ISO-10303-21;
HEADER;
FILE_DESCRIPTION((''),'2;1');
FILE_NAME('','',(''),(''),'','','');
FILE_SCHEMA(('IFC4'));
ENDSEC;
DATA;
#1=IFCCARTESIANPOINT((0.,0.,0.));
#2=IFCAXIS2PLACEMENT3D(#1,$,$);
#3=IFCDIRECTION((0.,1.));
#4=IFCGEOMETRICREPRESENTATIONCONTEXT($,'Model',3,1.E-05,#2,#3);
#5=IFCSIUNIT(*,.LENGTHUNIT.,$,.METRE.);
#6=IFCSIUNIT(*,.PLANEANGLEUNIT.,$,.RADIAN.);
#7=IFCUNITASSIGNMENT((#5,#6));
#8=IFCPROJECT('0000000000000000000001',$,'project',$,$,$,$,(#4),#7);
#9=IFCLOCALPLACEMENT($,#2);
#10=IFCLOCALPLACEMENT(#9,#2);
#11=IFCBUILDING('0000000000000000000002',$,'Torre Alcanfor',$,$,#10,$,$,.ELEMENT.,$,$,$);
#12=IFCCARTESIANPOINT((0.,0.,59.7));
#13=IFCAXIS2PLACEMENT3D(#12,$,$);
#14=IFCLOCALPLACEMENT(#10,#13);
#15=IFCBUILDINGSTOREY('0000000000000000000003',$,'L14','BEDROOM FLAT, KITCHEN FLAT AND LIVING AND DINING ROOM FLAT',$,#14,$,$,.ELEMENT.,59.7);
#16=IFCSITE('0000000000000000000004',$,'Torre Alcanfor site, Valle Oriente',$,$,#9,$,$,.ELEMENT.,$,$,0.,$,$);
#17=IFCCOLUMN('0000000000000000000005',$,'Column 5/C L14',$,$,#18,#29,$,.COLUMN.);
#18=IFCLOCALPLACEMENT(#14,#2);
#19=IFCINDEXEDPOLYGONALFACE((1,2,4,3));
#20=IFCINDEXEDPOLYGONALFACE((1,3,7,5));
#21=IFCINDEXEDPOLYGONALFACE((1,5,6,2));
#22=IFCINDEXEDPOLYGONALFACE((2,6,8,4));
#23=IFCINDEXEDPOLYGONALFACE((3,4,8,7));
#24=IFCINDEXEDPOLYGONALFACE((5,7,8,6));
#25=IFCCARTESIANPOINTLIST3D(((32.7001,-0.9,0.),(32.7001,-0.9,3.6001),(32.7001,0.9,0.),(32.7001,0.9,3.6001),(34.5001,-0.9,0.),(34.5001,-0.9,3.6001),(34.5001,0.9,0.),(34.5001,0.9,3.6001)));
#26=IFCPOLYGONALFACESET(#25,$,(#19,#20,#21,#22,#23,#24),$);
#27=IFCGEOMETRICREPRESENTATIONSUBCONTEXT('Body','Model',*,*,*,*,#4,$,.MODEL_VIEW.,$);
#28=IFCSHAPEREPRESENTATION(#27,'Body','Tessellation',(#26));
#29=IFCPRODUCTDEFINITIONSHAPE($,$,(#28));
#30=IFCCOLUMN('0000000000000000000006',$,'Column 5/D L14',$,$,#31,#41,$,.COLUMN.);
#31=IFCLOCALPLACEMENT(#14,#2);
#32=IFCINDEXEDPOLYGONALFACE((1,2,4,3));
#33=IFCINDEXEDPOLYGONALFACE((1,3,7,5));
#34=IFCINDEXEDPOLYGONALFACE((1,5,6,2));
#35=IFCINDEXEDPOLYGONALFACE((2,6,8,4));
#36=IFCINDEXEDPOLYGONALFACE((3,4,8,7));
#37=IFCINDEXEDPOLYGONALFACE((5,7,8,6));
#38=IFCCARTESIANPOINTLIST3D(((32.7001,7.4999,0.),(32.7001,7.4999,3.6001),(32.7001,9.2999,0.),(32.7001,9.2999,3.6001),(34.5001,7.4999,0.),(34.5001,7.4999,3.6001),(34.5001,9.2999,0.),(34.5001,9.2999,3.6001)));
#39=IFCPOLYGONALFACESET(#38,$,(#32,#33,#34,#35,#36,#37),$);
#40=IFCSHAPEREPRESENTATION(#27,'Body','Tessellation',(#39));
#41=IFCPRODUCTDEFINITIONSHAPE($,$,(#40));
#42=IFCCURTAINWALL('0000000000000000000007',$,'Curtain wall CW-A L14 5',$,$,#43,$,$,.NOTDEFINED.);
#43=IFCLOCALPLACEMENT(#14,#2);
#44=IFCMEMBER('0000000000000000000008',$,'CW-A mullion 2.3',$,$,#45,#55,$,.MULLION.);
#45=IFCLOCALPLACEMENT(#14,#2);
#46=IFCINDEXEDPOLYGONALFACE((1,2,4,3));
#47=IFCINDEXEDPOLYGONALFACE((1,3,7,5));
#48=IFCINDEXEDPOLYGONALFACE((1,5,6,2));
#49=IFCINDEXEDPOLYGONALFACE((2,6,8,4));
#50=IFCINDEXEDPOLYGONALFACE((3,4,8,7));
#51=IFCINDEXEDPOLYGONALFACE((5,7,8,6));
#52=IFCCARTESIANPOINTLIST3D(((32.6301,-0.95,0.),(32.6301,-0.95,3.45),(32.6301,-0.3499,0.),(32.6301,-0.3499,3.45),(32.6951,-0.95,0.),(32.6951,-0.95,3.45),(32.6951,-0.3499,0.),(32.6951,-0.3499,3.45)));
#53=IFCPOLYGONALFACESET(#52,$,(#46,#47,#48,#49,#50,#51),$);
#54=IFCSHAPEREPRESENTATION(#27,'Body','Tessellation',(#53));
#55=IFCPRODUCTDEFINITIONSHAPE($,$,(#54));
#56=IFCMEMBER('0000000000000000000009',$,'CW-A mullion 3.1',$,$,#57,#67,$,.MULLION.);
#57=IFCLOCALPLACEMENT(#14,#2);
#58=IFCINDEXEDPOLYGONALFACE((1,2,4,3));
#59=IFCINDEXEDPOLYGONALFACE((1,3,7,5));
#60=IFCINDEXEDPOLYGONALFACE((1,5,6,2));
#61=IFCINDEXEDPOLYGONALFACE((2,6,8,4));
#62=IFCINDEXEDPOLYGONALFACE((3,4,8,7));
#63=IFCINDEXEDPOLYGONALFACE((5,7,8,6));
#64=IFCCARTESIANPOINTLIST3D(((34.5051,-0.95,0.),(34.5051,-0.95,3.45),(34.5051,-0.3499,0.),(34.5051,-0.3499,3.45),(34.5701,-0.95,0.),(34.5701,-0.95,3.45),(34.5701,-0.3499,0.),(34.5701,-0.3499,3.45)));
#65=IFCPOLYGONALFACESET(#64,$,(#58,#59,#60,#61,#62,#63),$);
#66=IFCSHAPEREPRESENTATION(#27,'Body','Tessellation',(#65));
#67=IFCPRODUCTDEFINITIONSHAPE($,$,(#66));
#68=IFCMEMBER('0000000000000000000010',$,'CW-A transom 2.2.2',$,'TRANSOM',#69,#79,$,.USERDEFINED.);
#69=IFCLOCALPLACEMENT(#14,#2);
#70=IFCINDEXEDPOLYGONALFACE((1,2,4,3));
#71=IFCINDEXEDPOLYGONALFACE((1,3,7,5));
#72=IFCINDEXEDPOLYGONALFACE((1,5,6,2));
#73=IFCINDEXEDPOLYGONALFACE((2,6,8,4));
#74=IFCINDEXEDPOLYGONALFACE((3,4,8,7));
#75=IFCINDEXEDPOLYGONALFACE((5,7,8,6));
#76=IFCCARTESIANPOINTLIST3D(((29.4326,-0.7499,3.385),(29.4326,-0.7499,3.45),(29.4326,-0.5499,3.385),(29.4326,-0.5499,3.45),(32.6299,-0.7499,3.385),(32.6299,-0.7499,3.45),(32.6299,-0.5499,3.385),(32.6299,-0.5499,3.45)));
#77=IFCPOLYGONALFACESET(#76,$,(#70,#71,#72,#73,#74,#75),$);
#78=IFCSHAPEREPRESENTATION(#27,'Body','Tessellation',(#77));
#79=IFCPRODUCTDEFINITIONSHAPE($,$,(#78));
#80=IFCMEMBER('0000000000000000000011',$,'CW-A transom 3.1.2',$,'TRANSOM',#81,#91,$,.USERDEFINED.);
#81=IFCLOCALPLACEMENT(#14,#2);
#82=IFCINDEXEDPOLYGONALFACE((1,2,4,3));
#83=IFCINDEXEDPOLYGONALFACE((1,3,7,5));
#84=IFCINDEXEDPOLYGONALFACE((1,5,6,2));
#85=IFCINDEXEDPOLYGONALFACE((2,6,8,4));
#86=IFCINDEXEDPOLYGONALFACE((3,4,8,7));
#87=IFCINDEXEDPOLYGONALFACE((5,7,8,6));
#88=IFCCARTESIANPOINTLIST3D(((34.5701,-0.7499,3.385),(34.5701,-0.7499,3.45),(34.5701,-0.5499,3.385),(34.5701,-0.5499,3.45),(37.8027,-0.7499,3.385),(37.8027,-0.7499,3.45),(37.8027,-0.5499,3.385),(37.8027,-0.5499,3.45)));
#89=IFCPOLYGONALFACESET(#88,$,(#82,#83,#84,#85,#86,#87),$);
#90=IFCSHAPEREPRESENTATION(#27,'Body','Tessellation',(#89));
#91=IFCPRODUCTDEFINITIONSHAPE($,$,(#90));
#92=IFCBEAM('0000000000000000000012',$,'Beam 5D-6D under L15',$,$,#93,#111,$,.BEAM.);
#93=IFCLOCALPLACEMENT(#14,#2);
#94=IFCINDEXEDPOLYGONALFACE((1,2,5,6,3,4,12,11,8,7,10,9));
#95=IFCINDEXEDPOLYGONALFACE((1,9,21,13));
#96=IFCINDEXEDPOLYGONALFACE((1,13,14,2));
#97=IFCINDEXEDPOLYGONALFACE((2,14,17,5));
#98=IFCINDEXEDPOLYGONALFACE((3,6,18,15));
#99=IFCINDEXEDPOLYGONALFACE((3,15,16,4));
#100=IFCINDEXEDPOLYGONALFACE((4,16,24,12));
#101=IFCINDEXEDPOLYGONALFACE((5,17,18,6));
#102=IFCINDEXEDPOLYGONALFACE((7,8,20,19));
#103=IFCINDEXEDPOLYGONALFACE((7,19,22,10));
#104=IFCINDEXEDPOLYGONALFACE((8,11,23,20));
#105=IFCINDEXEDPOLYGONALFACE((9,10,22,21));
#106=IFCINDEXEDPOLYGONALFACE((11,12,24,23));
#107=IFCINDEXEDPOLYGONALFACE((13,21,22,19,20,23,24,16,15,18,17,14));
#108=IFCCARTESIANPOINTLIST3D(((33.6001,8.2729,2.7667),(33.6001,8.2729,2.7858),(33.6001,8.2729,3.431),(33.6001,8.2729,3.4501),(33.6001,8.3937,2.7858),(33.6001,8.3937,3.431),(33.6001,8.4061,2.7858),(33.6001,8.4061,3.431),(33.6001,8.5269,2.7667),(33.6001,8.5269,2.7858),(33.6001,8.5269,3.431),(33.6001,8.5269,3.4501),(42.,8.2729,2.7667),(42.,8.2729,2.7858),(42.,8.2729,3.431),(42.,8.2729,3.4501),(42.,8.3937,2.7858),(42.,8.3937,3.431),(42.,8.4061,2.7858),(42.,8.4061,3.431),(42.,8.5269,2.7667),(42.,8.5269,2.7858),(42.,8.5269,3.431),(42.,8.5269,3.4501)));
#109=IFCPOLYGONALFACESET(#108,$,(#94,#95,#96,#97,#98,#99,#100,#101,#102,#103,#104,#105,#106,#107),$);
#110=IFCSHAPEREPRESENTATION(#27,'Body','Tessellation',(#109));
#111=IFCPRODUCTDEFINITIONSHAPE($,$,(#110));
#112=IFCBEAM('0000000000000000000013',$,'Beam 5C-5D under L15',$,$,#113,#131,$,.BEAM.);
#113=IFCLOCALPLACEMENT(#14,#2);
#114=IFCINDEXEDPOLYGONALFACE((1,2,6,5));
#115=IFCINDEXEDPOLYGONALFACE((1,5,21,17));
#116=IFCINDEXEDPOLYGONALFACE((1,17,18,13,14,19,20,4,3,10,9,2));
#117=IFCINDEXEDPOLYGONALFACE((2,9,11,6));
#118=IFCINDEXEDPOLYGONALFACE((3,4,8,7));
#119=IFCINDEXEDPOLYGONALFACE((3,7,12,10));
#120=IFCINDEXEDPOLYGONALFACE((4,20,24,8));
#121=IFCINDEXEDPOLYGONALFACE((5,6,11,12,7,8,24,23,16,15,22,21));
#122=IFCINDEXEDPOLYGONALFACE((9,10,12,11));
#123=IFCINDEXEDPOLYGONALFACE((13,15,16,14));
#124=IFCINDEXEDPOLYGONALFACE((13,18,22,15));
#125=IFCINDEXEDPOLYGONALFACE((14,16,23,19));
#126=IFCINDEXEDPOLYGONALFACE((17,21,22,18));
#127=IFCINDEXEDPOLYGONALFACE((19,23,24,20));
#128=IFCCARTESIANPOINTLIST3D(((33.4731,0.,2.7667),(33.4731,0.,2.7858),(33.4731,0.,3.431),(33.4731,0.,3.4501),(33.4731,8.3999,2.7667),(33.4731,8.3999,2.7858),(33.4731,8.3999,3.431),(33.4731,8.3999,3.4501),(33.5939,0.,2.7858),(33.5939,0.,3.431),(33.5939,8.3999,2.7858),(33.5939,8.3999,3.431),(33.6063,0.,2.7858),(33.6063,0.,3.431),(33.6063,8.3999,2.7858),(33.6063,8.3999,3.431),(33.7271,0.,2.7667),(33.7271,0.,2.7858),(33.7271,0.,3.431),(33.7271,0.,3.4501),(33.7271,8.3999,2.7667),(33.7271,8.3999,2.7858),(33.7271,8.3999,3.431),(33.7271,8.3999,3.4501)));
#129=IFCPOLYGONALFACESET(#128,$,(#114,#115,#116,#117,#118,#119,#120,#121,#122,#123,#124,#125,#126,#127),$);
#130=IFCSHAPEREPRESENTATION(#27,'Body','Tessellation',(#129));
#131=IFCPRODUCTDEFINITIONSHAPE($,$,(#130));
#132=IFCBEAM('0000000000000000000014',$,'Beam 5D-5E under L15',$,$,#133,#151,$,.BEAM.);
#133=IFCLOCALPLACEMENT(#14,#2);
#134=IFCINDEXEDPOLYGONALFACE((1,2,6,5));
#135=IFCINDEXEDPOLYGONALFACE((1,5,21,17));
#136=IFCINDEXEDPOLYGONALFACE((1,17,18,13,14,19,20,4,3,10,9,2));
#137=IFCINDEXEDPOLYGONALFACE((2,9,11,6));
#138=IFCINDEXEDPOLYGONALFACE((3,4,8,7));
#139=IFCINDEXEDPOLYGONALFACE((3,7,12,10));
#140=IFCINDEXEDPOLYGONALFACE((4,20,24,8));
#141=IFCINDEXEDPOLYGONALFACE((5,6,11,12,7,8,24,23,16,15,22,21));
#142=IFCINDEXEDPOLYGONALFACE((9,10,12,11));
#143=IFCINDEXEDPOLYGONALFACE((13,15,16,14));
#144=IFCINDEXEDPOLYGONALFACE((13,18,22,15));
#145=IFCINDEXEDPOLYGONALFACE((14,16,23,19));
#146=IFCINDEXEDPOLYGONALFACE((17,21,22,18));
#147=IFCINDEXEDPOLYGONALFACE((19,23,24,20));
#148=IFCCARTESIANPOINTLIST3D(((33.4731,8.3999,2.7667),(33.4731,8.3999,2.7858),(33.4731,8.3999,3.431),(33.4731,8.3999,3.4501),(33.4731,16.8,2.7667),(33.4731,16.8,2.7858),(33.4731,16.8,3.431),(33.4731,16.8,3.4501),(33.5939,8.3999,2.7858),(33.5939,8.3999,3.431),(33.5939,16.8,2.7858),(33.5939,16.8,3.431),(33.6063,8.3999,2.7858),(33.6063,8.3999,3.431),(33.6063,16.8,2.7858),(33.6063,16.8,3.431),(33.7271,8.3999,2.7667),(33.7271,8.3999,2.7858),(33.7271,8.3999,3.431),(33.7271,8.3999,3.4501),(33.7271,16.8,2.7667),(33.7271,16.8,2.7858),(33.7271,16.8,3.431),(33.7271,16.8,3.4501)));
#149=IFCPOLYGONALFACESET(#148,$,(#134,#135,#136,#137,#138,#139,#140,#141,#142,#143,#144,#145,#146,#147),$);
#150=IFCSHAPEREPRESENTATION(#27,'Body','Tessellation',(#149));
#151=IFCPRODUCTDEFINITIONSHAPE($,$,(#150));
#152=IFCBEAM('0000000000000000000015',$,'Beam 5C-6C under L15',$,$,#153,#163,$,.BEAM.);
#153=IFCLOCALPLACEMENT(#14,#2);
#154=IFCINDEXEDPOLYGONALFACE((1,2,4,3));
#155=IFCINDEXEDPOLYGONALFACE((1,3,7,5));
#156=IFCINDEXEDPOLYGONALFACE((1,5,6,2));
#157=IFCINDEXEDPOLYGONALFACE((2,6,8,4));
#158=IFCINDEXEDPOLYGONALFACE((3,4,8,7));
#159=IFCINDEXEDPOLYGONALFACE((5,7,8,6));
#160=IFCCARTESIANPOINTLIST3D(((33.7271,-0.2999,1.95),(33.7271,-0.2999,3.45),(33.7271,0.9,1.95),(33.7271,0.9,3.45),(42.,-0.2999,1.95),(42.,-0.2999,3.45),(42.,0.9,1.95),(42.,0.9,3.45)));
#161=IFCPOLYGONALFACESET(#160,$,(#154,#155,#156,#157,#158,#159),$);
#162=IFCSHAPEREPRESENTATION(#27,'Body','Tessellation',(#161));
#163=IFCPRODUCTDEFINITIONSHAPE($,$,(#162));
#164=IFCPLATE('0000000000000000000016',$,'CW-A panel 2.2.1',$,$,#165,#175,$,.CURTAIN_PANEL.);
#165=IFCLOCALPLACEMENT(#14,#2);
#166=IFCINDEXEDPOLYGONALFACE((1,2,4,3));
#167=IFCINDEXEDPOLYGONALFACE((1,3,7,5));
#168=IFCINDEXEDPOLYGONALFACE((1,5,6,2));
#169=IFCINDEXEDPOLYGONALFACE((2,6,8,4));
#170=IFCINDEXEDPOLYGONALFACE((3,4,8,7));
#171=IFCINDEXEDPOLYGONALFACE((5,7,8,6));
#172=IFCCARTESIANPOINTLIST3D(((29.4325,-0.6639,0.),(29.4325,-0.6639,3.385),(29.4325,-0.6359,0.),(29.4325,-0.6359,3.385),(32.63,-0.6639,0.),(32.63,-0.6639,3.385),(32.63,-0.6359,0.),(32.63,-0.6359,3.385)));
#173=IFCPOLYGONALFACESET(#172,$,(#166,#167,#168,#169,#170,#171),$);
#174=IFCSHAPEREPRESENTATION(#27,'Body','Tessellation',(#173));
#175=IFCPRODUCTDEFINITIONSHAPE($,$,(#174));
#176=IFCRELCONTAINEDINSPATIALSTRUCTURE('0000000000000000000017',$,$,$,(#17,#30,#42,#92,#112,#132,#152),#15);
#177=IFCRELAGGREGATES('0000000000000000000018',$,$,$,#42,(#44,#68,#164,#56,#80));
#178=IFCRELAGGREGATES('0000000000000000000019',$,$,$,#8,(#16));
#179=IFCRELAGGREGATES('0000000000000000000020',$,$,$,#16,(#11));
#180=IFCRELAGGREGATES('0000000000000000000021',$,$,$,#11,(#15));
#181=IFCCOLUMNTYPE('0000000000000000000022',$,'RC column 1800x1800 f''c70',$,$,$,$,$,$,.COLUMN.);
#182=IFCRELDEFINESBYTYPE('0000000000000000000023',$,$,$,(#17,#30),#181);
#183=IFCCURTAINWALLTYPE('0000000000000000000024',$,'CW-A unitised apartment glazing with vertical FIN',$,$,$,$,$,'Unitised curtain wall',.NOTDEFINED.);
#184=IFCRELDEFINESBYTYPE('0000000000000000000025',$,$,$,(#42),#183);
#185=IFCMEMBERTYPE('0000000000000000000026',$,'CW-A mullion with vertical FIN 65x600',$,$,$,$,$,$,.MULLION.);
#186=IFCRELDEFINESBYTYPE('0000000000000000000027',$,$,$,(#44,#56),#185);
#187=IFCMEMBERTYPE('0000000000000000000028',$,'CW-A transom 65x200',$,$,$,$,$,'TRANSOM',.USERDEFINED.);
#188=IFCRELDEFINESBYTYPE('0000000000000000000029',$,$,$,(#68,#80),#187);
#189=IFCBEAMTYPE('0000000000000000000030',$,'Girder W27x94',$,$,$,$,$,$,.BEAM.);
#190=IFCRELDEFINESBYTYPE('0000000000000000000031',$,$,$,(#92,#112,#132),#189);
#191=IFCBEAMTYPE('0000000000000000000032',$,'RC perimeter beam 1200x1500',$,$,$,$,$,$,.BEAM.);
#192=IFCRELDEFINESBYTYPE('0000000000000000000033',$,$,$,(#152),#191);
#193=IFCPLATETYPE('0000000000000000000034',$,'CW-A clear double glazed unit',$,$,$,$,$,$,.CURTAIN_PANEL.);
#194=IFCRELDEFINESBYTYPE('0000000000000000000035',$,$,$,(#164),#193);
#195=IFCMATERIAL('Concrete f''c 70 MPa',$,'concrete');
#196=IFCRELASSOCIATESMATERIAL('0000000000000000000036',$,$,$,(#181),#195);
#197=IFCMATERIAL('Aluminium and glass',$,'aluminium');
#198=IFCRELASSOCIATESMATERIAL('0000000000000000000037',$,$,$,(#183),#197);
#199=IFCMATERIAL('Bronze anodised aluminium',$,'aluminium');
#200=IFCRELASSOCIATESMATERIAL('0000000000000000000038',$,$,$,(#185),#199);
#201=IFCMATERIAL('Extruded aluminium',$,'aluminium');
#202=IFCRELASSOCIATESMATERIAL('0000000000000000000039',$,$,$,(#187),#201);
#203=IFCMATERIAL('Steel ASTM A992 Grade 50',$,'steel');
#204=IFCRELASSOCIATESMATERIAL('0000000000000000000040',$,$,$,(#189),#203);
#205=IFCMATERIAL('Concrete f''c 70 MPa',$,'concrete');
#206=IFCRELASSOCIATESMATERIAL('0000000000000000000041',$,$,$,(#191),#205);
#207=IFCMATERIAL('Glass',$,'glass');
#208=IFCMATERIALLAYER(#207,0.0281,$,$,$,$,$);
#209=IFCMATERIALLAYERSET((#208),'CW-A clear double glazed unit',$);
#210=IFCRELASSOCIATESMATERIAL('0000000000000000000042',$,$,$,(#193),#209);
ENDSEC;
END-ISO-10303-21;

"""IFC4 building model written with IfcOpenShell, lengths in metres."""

from ifc_helpers import new_model, si_unit, direction, frame, origin, origin_2d, place, context, subcontext, project, spatial, rectangle, i_section, extrude, material, layer, layer_set, material_profile, profile_set, type_object, element, aggregate, save


model = new_model("IFC4")

# Units and contexts
model_context = context("Model", 3, precision=1e-05, world=origin(), true_north=direction((0.0, 1.0)))
body_context = subcontext(model_context, "Body", "Model", "MODEL_VIEW")
ifc_project = project(units=[si_unit("LENGTHUNIT", "METRE"), si_unit("PLANEANGLEUNIT", "RADIAN")], contexts=[model_context])

# Site, building, storey
site_placement = place(None, origin())
site = spatial("IfcSite", under=ifc_project, at=site_placement, Name="Torre Alcanfor site, Valle Oriente", CompositionType="ELEMENT", RefElevation=0.0)
building_placement = place(site_placement, origin())
building = spatial("IfcBuilding", under=site, at=building_placement, Name="Torre Alcanfor", CompositionType="ELEMENT")
storey_placement = place(building_placement, frame((0.0, 0.0, 59.7)))
storey = spatial("IfcBuildingStorey", under=building, at=storey_placement, Name="L14", Description="BEDROOM FLAT, KITCHEN FLAT AND LIVING AND DINING ROOM FLAT", CompositionType="ELEMENT", Elevation=59.7)

# Columns
ifc_material_1 = material(Name="Concrete f'c 70 MPa", Category="concrete")
ifc_material_profile_1 = material_profile(ifc_material_1, rectangle(XDim=1.8, YDim=1.8, at=origin_2d()), Name="1800x1800")
ifc_profile_set_1 = profile_set([ifc_material_profile_1], Name="Concrete f'c 70 MPa")
column_type = type_object("IfcColumnType", Name="RC column 1800x1800 f'c70", PredefinedType="COLUMN", material=ifc_profile_set_1)
for number, where, z_axis, x_axis, name in (
    (1, (33.6001, 0.0, 0.0), (0.0, 0.0, 1.0), (1.0, 0.0, 0.0), "Column 5/C L14"),
    (2, (33.6001, 8.3999, 0.0), (0.0, 0.0, 1.0), (1.0, 0.0, 0.0), "Column 5/D L14"),
):
    element("IfcColumn", number, at=place(storey_placement, frame(where, z_axis=z_axis, x_axis=x_axis)), inside=storey, type_object=column_type, Name=name, PredefinedType="COLUMN", context=body_context, shape_type="SweptSolid", body=[
        extrude(rectangle(XDim=1.8, YDim=1.8, at=origin_2d()), origin(), (0.0, 0.0, 1.0), 3.6001),
    ])

# Curtain wall, members
ifc_material_2 = material(Name="Aluminium and glass", Category="aluminium")
curtain_wall_type = type_object("IfcCurtainWallType", Name="CW-A unitised apartment glazing with vertical FIN", ElementType="Unitised curtain wall", PredefinedType="NOTDEFINED", material=ifc_material_2)
curtain_wall_placement = place(storey_placement, origin())
curtain_wall = element("IfcCurtainWall", 3, at=curtain_wall_placement, inside=storey, type_object=curtain_wall_type, Name="Curtain wall CW-A L14 5", PredefinedType="NOTDEFINED")
ifc_material_3 = material(Name="Bronze anodised aluminium", Category="aluminium")
ifc_material_profile_2 = material_profile(ifc_material_3, rectangle(XDim=0.6001, YDim=0.0649, at=origin_2d()), Name="CW-A mullion 65x600")
ifc_profile_set_2 = profile_set([ifc_material_profile_2], Name="Bronze anodised aluminium")
member_type_1 = type_object("IfcMemberType", Name="CW-A mullion with vertical FIN 65x600", PredefinedType="MULLION", material=ifc_profile_set_2)
member_1_placement = place(storey_placement, frame((32.6626, -0.6499, 0.0), z_axis=(0.0, 0.0, 1.0), x_axis=(0.0, 1.0, 0.0)))
member_1 = element("IfcMember", 4, at=member_1_placement, type_object=member_type_1, Name="CW-A mullion 2.3", PredefinedType="MULLION", context=body_context, shape_type="SweptSolid", body=[
    extrude(rectangle(XDim=0.6001, YDim=0.0649, at=origin_2d()), origin(), (0.0, 0.0, 1.0), 3.45),
])
member_2_placement = place(storey_placement, frame((34.5376, -0.6499, 0.0), z_axis=(0.0, 0.0, 1.0), x_axis=(0.0, 1.0, 0.0)))
member_2 = element("IfcMember", 5, at=member_2_placement, type_object=member_type_1, Name="CW-A mullion 3.1", PredefinedType="MULLION", context=body_context, shape_type="SweptSolid", body=[
    extrude(rectangle(XDim=0.6001, YDim=0.0649, at=origin_2d()), origin(), (0.0, 0.0, 1.0), 3.45),
])
ifc_material_4 = material(Name="Extruded aluminium", Category="aluminium")
ifc_material_profile_3 = material_profile(ifc_material_4, rectangle(XDim=0.2, YDim=0.0649, at=origin_2d()), Name="CW-A transom 200x65")
ifc_profile_set_3 = profile_set([ifc_material_profile_3], Name="Extruded aluminium")
member_type_2 = type_object("IfcMemberType", Name="CW-A transom 65x200", ElementType="TRANSOM", PredefinedType="USERDEFINED", material=ifc_profile_set_3)
member_3_placement = place(storey_placement, frame((29.4326, -0.6499, 3.4175), z_axis=(1.0, 0.0, 0.0), x_axis=(0.0, 1.0, 0.0)))
member_3 = element("IfcMember", 6, at=member_3_placement, type_object=member_type_2, Name="CW-A transom 2.2.2", ObjectType="TRANSOM", PredefinedType="USERDEFINED", context=body_context, shape_type="SweptSolid", body=[
    extrude(rectangle(XDim=0.2, YDim=0.0649, at=origin_2d()), origin(), (0.0, 0.0, 1.0), 3.1973),
])
member_4_placement = place(storey_placement, frame((34.5701, -0.6499, 3.4175), z_axis=(1.0, 0.0, 0.0), x_axis=(0.0, 1.0, 0.0)))
member_4 = element("IfcMember", 7, at=member_4_placement, type_object=member_type_2, Name="CW-A transom 3.1.2", ObjectType="TRANSOM", PredefinedType="USERDEFINED", context=body_context, shape_type="SweptSolid", body=[
    extrude(rectangle(XDim=0.2, YDim=0.0649, at=origin_2d()), origin(), (0.0, 0.0, 1.0), 3.2327),
])

# Beams
ifc_material_5 = material(Name="Steel ASTM A992 Grade 50", Category="steel")
ifc_material_profile_4 = material_profile(ifc_material_5, i_section(OverallWidth=0.2539, OverallDepth=0.6833, WebThickness=0.0125, FlangeThickness=0.019, at=origin_2d()), Name="W27x94")
ifc_profile_set_4 = profile_set([ifc_material_profile_4], Name="Steel ASTM A992 Grade 50")
beam_type_1 = type_object("IfcBeamType", Name="Girder W27x94", PredefinedType="BEAM", material=ifc_profile_set_4)
for number, where, z_axis, x_axis, name in (
    (8, (33.6001, 8.3999, 3.1084), (1.0, 0.0, 0.0), (0.0, 1.0, 0.0), "Beam 5D-6D under L15"),
    (9, (33.6001, 0.0, 3.1084), (0.0, 1.0, 0.0), (-1.0, 0.0, 0.0), "Beam 5C-5D under L15"),
):
    element("IfcBeam", number, at=place(storey_placement, frame(where, z_axis=z_axis, x_axis=x_axis)), inside=storey, type_object=beam_type_1, Name=name, PredefinedType="BEAM", context=body_context, shape_type="SweptSolid", body=[
        extrude(i_section(OverallWidth=0.2539, OverallDepth=0.6833, WebThickness=0.0125, FlangeThickness=0.019, at=origin_2d()), origin(), (0.0, 0.0, 1.0), 8.3999),
    ])
beam_1_placement = place(storey_placement, frame((33.6001, 8.3999, 3.1084), z_axis=(0.0, 1.0, 0.0), x_axis=(-1.0, 0.0, 0.0)))
element("IfcBeam", 10, at=beam_1_placement, inside=storey, type_object=beam_type_1, Name="Beam 5D-5E under L15", PredefinedType="BEAM", context=body_context, shape_type="SweptSolid", body=[
    extrude(i_section(OverallWidth=0.2539, OverallDepth=0.6833, WebThickness=0.0125, FlangeThickness=0.019, at=origin_2d()), origin(), (0.0, 0.0, 1.0), 8.4001),
])
ifc_material_6 = material(Name="Concrete f'c 70 MPa", Category="concrete")
ifc_material_profile_5 = material_profile(ifc_material_6, rectangle(XDim=1.2, YDim=1.5, at=origin_2d()), Name="1200x1500")
ifc_profile_set_5 = profile_set([ifc_material_profile_5], Name="Concrete f'c 70 MPa")
beam_type_2 = type_object("IfcBeamType", Name="RC perimeter beam 1200x1500", PredefinedType="BEAM", material=ifc_profile_set_5)
beam_2_placement = place(storey_placement, frame((33.7271, 0.3, 2.7), z_axis=(1.0, 0.0, 0.0), x_axis=(0.0, 1.0, 0.0)))
element("IfcBeam", 11, at=beam_2_placement, inside=storey, type_object=beam_type_2, Name="Beam 5C-6C under L15", PredefinedType="BEAM", context=body_context, shape_type="SweptSolid", body=[
    extrude(rectangle(XDim=1.2, YDim=1.5, at=origin_2d()), origin(), (0.0, 0.0, 1.0), 8.2729),
])

# Plate
ifc_material_7 = material(Name="Glass", Category="glass")
ifc_layer_1 = layer(ifc_material_7, 0.0281)
ifc_layer_set_1 = layer_set([ifc_layer_1], Name="CW-A clear double glazed unit")
plate_type = type_object("IfcPlateType", Name="CW-A clear double glazed unit", PredefinedType="CURTAIN_PANEL", material=ifc_layer_set_1)
plate_placement = place(storey_placement, frame((31.0312, -0.6499, 0.0), z_axis=(0.0, 0.0, 1.0), x_axis=(1.0, 0.0, 0.0)))
plate = element("IfcPlate", 12, at=plate_placement, type_object=plate_type, Name="CW-A panel 2.2.1", PredefinedType="CURTAIN_PANEL", context=body_context, shape_type="SweptSolid", body=[
    extrude(rectangle(XDim=3.1975, YDim=0.0281, at=origin_2d()), origin(), (0.0, 0.0, 1.0), 3.385),
])
aggregate(curtain_wall, [member_1, member_3, plate, member_2, member_4])

save(model, "model.ifc")
